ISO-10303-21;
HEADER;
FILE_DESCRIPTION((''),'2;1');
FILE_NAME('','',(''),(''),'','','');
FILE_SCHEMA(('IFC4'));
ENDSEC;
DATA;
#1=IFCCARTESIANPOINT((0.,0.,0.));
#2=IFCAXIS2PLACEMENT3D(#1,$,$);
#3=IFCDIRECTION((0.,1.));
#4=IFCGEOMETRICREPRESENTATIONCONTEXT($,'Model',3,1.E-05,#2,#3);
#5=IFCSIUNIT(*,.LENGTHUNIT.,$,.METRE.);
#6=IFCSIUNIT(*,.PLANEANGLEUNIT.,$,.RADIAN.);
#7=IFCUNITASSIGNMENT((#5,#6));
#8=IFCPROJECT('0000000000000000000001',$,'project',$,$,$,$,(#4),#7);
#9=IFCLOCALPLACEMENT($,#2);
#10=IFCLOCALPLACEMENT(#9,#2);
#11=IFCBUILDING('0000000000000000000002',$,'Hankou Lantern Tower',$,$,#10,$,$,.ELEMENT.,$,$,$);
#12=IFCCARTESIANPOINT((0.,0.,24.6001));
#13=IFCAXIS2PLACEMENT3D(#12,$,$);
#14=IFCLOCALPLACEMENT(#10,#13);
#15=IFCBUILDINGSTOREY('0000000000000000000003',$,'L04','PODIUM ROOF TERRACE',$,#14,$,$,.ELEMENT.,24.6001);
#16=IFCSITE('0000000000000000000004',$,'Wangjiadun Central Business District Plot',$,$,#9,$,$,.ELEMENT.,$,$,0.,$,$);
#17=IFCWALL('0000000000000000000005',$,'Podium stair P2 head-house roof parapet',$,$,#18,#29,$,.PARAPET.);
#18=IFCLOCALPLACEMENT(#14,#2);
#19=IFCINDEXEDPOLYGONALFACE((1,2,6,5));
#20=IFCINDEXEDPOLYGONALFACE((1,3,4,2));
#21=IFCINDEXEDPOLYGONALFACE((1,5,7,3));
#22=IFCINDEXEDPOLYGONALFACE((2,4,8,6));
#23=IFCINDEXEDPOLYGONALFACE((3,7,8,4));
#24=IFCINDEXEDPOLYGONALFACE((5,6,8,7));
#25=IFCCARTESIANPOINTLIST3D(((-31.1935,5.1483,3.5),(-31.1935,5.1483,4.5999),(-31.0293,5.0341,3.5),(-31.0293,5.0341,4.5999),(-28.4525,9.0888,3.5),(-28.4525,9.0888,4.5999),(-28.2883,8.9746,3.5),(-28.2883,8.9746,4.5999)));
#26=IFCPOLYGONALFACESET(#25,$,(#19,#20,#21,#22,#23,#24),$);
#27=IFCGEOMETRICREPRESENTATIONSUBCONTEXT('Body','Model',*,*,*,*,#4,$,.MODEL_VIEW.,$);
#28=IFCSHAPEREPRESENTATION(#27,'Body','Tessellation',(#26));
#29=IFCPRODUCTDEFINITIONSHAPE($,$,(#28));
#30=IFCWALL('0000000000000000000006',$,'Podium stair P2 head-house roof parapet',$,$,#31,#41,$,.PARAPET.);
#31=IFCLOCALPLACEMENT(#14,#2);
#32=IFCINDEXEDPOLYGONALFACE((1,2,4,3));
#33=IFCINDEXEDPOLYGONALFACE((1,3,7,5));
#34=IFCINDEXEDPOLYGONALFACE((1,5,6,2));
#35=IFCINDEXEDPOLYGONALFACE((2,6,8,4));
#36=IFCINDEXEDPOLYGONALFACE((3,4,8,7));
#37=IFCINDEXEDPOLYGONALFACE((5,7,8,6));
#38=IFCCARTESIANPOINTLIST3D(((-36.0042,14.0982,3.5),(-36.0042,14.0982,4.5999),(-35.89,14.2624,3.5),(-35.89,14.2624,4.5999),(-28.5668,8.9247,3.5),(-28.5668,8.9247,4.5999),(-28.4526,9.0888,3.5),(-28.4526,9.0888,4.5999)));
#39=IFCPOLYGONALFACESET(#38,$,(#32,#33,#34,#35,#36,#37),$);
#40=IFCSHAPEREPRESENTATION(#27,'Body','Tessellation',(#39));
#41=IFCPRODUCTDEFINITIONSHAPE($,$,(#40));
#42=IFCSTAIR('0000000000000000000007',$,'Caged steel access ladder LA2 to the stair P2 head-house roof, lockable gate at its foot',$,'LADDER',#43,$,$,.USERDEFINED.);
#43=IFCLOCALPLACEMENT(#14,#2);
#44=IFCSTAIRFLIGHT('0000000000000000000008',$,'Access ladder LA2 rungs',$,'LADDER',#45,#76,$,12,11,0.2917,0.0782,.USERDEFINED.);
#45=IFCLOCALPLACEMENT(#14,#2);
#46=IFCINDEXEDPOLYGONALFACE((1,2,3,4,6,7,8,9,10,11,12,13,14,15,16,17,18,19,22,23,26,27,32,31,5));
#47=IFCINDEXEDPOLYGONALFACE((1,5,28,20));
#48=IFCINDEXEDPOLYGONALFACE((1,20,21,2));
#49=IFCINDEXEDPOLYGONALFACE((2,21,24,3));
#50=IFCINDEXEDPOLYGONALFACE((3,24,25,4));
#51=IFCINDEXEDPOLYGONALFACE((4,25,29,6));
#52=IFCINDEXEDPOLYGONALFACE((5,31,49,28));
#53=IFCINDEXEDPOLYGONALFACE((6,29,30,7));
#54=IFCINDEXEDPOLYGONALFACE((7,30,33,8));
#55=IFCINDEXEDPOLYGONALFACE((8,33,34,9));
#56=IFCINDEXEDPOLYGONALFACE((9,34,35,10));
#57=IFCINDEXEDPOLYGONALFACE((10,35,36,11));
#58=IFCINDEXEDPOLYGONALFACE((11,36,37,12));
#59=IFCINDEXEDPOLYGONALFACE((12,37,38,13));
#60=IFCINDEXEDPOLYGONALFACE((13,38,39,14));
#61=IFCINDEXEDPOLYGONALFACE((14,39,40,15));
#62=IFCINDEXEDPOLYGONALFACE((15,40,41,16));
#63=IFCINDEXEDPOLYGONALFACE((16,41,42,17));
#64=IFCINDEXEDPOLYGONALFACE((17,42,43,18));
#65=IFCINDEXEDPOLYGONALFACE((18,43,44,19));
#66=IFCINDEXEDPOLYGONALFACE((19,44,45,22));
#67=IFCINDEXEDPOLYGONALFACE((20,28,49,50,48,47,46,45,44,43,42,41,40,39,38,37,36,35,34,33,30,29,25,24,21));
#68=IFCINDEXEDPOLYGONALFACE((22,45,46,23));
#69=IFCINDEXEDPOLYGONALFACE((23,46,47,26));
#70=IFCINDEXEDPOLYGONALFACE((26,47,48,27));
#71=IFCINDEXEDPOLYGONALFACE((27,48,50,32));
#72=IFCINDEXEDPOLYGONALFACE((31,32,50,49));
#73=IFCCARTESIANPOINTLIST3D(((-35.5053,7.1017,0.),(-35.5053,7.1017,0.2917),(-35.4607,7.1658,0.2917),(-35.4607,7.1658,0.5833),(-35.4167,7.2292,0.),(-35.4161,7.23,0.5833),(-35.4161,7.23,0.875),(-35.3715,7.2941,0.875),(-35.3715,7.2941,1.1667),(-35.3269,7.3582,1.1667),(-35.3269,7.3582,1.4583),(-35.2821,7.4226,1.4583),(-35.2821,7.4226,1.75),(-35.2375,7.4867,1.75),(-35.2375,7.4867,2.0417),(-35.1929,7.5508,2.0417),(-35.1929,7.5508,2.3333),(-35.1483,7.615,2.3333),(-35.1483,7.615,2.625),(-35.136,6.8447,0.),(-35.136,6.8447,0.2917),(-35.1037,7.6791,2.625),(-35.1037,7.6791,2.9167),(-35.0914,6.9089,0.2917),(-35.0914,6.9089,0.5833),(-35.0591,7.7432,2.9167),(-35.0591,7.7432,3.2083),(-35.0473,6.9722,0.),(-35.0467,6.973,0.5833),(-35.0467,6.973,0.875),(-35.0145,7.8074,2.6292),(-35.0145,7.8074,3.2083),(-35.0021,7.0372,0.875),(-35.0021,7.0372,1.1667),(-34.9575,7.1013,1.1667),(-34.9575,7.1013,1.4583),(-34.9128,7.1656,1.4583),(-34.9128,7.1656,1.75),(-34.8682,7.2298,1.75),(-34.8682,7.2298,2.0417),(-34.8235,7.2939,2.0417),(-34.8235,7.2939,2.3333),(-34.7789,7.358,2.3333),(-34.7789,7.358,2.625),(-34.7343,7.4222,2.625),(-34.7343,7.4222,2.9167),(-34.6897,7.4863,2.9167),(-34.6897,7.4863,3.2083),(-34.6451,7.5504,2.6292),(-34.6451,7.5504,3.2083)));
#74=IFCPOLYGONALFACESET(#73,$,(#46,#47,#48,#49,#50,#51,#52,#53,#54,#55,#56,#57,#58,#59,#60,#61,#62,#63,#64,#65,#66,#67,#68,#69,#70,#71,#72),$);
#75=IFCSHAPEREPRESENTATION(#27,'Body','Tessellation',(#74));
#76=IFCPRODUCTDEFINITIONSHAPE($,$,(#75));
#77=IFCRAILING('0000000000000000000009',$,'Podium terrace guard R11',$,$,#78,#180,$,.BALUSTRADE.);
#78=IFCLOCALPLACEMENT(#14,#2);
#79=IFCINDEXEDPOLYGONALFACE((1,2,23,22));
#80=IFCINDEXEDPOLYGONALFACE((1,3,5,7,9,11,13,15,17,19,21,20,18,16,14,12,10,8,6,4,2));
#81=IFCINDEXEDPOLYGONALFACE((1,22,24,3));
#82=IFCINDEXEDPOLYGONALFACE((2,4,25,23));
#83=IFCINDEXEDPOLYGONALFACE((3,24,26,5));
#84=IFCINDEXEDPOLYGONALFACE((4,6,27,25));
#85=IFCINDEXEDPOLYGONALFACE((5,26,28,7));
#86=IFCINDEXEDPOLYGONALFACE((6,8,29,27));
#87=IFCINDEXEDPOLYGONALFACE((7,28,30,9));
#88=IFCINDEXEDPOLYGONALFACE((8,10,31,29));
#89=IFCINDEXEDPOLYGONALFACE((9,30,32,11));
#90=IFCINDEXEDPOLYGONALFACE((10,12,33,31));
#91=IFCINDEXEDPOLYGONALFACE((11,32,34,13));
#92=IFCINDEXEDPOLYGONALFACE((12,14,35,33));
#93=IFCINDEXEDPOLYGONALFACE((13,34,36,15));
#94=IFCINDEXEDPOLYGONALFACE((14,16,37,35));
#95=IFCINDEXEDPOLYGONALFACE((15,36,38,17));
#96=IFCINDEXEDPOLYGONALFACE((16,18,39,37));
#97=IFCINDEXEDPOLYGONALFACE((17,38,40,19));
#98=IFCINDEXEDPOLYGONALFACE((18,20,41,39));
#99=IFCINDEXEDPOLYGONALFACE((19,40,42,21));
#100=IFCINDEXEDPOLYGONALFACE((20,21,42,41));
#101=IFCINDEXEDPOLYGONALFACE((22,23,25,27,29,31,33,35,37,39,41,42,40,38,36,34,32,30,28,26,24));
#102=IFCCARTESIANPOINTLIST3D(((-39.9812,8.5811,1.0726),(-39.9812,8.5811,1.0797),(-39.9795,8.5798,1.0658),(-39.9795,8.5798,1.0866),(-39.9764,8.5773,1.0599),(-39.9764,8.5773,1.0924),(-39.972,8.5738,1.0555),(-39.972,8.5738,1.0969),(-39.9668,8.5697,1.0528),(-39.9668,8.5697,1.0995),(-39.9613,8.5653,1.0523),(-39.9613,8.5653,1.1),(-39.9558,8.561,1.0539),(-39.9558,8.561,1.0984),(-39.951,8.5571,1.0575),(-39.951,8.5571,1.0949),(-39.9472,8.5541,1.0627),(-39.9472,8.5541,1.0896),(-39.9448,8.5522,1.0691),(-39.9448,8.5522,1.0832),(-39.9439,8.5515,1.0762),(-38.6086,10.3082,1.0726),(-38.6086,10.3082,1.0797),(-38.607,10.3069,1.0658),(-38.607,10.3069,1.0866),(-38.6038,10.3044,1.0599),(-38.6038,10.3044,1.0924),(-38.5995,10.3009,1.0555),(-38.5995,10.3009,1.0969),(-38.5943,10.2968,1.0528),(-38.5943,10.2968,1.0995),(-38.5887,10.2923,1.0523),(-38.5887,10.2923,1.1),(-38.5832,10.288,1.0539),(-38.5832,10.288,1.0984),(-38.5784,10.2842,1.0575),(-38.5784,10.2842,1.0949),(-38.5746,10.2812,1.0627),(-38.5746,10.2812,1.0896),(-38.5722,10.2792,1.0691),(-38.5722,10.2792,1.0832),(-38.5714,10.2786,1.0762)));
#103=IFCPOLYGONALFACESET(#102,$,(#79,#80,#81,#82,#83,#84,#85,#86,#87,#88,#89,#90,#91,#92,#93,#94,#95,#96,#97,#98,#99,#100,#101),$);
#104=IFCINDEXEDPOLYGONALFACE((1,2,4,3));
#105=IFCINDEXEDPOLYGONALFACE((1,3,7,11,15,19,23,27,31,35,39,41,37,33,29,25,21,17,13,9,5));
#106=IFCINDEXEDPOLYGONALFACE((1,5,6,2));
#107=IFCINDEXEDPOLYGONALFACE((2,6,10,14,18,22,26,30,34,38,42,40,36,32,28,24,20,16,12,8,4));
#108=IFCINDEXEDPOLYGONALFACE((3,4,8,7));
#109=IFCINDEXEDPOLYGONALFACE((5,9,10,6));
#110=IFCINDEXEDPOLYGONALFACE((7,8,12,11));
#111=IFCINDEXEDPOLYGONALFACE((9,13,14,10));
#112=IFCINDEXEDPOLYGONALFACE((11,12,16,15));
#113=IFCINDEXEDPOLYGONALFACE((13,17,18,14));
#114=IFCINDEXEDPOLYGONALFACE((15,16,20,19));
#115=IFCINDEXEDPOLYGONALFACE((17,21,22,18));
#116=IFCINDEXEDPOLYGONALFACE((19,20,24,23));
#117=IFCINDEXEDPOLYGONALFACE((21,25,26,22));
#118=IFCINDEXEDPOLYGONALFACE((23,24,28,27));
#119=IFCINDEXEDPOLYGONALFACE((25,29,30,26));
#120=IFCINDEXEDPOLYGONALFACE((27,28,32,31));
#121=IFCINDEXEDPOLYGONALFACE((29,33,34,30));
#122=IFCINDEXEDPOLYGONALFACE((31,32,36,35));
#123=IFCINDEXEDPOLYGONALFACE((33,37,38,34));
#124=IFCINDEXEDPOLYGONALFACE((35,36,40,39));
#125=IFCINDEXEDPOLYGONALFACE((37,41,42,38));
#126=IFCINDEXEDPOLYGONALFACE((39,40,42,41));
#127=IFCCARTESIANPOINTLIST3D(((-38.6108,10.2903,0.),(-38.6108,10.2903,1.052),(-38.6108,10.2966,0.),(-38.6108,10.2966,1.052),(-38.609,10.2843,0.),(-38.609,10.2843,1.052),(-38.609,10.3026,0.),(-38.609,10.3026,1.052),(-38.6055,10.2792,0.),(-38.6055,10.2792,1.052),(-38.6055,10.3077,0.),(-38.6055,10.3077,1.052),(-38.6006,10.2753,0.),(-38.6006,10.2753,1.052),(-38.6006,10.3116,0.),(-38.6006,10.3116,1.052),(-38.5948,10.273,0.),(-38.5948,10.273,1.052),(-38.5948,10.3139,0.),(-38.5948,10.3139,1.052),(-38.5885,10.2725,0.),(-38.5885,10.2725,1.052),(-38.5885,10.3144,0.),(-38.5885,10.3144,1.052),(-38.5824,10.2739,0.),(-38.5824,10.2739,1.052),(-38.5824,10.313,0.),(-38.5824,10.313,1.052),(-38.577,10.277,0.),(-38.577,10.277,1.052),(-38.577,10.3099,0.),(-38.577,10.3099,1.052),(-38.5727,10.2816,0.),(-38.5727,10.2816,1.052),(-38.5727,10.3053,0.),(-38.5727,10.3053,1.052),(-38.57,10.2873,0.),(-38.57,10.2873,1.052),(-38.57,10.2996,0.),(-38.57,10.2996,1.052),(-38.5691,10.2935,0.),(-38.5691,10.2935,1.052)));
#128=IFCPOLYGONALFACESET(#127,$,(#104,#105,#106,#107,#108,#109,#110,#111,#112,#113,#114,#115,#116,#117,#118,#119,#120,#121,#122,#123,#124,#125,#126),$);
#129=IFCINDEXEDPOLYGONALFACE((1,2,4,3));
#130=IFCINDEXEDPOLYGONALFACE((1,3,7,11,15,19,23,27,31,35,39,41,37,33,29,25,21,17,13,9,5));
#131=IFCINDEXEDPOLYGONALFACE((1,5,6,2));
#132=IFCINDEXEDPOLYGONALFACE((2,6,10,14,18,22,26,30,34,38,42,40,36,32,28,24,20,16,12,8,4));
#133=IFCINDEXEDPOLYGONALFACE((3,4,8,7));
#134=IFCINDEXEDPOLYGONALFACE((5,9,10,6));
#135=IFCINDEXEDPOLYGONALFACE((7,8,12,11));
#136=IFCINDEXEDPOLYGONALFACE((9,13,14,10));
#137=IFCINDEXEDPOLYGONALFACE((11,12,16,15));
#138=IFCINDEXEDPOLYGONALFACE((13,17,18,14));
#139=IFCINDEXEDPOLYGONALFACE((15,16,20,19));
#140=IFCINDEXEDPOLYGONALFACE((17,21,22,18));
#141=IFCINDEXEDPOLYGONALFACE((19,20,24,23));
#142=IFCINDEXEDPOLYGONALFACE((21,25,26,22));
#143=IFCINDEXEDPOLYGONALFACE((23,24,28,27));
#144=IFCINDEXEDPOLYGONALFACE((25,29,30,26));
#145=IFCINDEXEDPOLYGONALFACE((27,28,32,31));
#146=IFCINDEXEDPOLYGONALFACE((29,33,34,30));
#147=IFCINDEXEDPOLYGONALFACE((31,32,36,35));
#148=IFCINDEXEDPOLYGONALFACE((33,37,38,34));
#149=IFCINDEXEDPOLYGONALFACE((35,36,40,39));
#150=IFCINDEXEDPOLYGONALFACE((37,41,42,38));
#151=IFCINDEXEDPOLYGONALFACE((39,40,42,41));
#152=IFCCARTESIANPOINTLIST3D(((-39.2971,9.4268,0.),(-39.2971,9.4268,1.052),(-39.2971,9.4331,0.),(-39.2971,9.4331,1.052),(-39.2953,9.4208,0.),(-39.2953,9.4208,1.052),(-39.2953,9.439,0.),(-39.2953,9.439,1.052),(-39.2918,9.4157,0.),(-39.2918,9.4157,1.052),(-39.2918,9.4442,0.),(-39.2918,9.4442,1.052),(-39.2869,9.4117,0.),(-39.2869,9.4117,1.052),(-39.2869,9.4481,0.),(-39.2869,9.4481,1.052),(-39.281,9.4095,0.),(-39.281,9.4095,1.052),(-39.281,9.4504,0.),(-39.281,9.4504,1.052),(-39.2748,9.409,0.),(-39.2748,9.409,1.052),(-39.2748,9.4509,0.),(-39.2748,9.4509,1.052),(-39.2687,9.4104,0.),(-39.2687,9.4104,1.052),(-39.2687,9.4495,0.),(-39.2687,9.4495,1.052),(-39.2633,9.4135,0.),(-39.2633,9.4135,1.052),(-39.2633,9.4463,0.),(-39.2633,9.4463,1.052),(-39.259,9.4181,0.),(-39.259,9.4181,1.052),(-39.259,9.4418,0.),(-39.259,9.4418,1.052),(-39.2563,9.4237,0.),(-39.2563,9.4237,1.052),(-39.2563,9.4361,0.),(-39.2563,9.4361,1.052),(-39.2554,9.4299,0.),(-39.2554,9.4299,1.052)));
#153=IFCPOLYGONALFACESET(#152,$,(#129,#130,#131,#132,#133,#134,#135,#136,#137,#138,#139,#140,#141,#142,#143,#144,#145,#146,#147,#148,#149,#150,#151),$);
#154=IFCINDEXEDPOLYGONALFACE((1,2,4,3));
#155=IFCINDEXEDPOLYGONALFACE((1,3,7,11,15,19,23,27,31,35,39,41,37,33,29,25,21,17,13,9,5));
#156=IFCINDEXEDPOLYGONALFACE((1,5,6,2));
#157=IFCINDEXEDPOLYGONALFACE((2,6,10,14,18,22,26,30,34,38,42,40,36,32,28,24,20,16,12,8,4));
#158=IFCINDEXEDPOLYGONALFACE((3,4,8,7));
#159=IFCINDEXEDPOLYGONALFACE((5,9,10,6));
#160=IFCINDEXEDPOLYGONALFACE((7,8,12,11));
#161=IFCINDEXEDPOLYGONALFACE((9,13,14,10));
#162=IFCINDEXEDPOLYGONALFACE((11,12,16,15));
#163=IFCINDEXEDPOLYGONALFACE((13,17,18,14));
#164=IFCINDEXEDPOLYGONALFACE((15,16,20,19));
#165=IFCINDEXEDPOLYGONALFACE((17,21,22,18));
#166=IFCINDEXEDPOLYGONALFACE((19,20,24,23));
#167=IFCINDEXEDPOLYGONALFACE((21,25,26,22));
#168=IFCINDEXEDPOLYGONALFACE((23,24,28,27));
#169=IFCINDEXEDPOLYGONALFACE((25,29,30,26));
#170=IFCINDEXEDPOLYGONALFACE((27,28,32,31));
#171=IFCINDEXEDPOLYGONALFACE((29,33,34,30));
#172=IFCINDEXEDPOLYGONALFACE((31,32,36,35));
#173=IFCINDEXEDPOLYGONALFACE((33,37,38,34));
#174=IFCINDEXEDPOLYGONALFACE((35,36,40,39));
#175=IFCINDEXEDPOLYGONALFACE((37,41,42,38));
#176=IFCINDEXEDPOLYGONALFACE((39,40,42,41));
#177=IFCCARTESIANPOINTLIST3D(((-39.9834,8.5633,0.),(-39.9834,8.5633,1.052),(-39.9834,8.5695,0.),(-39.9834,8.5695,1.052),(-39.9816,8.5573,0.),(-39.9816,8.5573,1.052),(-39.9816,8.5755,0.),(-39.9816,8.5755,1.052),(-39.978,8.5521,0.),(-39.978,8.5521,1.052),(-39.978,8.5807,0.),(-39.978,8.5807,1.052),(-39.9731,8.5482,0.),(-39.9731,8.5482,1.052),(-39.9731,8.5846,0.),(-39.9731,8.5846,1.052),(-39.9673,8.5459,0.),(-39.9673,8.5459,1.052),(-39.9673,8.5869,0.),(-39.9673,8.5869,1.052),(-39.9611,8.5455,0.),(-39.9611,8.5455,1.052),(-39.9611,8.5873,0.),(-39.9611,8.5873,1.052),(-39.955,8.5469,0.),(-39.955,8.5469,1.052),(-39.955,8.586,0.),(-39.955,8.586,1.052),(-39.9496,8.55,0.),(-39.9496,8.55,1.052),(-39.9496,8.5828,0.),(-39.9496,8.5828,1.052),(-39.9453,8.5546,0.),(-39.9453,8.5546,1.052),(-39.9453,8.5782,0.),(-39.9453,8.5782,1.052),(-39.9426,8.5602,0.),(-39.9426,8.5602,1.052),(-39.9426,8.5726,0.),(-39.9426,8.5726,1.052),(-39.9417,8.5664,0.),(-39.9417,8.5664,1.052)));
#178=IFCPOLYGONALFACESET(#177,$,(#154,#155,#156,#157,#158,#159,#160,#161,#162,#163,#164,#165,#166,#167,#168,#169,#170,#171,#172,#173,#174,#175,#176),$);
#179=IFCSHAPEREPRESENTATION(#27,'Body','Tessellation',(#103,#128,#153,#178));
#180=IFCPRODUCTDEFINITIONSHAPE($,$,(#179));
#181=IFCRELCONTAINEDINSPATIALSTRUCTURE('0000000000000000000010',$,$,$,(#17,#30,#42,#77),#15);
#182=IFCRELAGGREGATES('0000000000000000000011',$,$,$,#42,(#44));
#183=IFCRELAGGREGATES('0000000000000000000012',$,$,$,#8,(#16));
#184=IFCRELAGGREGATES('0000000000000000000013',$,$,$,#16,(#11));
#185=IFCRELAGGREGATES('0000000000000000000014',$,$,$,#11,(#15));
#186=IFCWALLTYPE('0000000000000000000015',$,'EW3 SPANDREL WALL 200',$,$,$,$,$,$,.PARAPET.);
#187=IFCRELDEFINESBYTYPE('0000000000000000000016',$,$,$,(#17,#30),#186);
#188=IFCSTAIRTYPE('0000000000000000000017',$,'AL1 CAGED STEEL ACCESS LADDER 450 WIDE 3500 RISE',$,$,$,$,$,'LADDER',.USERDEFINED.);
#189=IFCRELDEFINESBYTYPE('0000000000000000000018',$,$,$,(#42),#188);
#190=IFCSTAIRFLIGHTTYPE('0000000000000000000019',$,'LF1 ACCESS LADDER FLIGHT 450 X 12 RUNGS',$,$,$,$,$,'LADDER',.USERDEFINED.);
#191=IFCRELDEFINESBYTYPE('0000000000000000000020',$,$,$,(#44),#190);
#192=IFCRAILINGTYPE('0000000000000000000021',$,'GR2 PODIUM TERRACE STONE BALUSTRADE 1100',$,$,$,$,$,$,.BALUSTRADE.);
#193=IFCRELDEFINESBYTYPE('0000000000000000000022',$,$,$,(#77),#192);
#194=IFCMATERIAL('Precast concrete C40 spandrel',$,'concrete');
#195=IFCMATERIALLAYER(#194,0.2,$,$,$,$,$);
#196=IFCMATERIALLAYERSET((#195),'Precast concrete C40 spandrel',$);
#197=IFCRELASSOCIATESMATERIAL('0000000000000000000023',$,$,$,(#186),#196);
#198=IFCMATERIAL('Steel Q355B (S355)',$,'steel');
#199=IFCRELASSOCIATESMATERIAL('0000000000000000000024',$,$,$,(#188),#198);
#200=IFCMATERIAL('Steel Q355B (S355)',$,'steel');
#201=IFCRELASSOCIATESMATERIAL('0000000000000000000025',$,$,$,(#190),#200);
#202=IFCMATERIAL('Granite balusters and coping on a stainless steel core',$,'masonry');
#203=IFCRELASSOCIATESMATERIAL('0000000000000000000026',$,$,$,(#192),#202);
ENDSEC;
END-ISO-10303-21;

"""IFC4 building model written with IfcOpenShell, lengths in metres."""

from ifc_helpers import new_model, si_unit, direction, frame, frame_2d, origin, origin_2d, place, context, subcontext, project, spatial, polyline, rectangle, circle, outline, extrude, material, layer, layer_set, type_object, element, aggregate, save


model = new_model("IFC4")

# Units and contexts
model_context = context("Model", 3, precision=1e-05, world=origin(), true_north=direction((0.0, 1.0)))
body_context = subcontext(model_context, "Body", "Model", "MODEL_VIEW")
ifc_project = project(units=[si_unit("LENGTHUNIT", "METRE"), si_unit("PLANEANGLEUNIT", "RADIAN")], contexts=[model_context])

# Site, building, storey
site_placement = place(None, origin())
site = spatial("IfcSite", under=ifc_project, at=site_placement, Name="Wangjiadun Central Business District Plot", CompositionType="ELEMENT", RefElevation=0.0)
building_placement = place(site_placement, origin())
building = spatial("IfcBuilding", under=site, at=building_placement, Name="Hankou Lantern Tower", CompositionType="ELEMENT")
storey_placement = place(building_placement, frame((0.0, 0.0, 24.6001)))
storey = spatial("IfcBuildingStorey", under=building, at=storey_placement, Name="L04", Description="PODIUM ROOF TERRACE", CompositionType="ELEMENT", Elevation=24.6001)

# Walls
ifc_material_1 = material(Name="Precast concrete C40 spandrel", Category="concrete")
ifc_layer_1 = layer(ifc_material_1, 0.2)
ifc_layer_set_1 = layer_set([ifc_layer_1], Name="Precast concrete C40 spandrel")
wall_type_1 = type_object("IfcWallType", Name="EW3 SPANDREL WALL 200", PredefinedType="PARAPET", material=ifc_layer_set_1)
wall_1_placement = place(storey_placement, frame((-31.1113, 5.0913, 3.5), z_axis=(0.0, 0.0, 1.0), x_axis=(0.571036, 0.820925, 0.0)))
element("IfcWall", 1, at=wall_1_placement, inside=storey, type_object=wall_type_1, Name="Podium stair P2 head-house roof parapet", PredefinedType="PARAPET", context=body_context, shape_type="SweptSolid", body=[
    extrude(rectangle(XDim=4.8, YDim=0.2, at=frame_2d((2.3999, 0.0))), origin(), (0.0, 0.0, 1.0), 1.0999),
])
wall_2_placement = place(storey_placement, frame((-28.5098, 9.0068, 3.5), z_axis=(0.0, 0.0, 1.0), x_axis=(-0.820922, 0.57104, 0.0)))
element("IfcWall", 2, at=wall_2_placement, inside=storey, type_object=wall_type_1, Name="Podium stair P2 head-house roof parapet", PredefinedType="PARAPET", context=body_context, shape_type="SweptSolid", body=[
    extrude(rectangle(XDim=9.0598, YDim=0.2, at=frame_2d((4.5298, 0.0))), origin(), (0.0, 0.0, 1.0), 1.0999),
])

# Stair, stair flight
ifc_material_2 = material(Name="Steel Q355B (S355)", Category="steel")
stair_type = type_object("IfcStairType", Name="AL1 CAGED STEEL ACCESS LADDER 450 WIDE 3500 RISE", ElementType="LADDER", PredefinedType="USERDEFINED", material=ifc_material_2)
stair_placement = place(storey_placement, origin())
stair = element("IfcStair", 3, at=stair_placement, inside=storey, type_object=stair_type, Name="Caged steel access ladder LA2 to the stair P2 head-house roof, lockable gate at its foot", ObjectType="LADDER", PredefinedType="USERDEFINED")
ifc_material_3 = material(Name="Steel Q355B (S355)", Category="steel")
stair_flight_type = type_object("IfcStairFlightType", Name="LF1 ACCESS LADDER FLIGHT 450 X 12 RUNGS", ElementType="LADDER", PredefinedType="USERDEFINED", material=ifc_material_3)
stair_flight_placement = place(storey_placement, frame((-35.3206, 6.9731, 0.0), z_axis=(0.0, 0.0, 1.0), x_axis=(0.571033, 0.820927, 0.0)))
stair_flight = element("IfcStairFlight", 4, at=stair_flight_placement, type_object=stair_flight_type, Name="Access ladder LA2 rungs", ObjectType="LADDER", NumberOfRisers=12, NumberOfTreads=11, PredefinedType="USERDEFINED", RiserHeight=0.2917, TreadLength=0.0782, context=body_context, shape_type="SweptSolid", body=[
    extrude(outline(polyline([(0.0, 0.0), (0.0, 0.2917), (0.0781, 0.2917), (0.0781, 0.5833), (0.1562, 0.5833), (0.1562, 0.875), (0.2344, 0.875), (0.2344, 1.1667), (0.3125, 1.1667), (0.3125, 1.4583), (0.3909, 1.4583), (0.3909, 1.75), (0.469, 1.75), (0.469, 2.0417), (0.5471, 2.0417), (0.5471, 2.3333), (0.6252, 2.3333), (0.6252, 2.625), (0.7034, 2.625), (0.7034, 2.9167), (0.7815, 2.9167), (0.7815, 3.2083), (0.8596, 3.2083), (0.8596, 3.5), (0.8596, 2.6292), (0.1553, 0.0), (0.0, 0.0)])), frame((0.0, 0.2251, 0.0), z_axis=(0.0, -1.0, 0.0), x_axis=(1.0, 0.0, 0.0)), (0.0, 0.0, 1.0), 0.45),
])
aggregate(stair, [stair_flight])

# Railing
ifc_material_4 = material(Name="Granite balusters and coping on a stainless steel core", Category="masonry")
railing_type = type_object("IfcRailingType", Name="GR2 PODIUM TERRACE STONE BALUSTRADE 1100", PredefinedType="BALUSTRADE", material=ifc_material_4)
railing_1_placement = place(storey_placement, frame((-38.5901, 10.2935, 0.0)))
element("IfcRailing", 5, at=railing_1_placement, inside=storey, type_object=railing_type, Name="Podium terrace guard R11", PredefinedType="BALUSTRADE", context=body_context, shape_type="SweptSolid", body=[
    extrude(circle(Radius=0.0239, at=origin_2d()), frame((0.0, 0.0, 1.0762), z_axis=(-0.622182, -0.782873, 0.0), x_axis=(0.782873, -0.622182, 0.0)), (0.0, 0.0, 1.0), 2.2061),
    extrude(circle(Radius=0.021, at=origin_2d()), origin(), (0.0, 0.0, 1.0), 1.052),
    extrude(circle(Radius=0.021, at=origin_2d()), frame((-0.6863, -0.8635, 0.0)), (0.0, 0.0, 1.0), 1.052),
    extrude(circle(Radius=0.021, at=origin_2d()), frame((-1.3726, -1.7271, 0.0)), (0.0, 0.0, 1.0), 1.052),
])

save(model, "model.ifc")
